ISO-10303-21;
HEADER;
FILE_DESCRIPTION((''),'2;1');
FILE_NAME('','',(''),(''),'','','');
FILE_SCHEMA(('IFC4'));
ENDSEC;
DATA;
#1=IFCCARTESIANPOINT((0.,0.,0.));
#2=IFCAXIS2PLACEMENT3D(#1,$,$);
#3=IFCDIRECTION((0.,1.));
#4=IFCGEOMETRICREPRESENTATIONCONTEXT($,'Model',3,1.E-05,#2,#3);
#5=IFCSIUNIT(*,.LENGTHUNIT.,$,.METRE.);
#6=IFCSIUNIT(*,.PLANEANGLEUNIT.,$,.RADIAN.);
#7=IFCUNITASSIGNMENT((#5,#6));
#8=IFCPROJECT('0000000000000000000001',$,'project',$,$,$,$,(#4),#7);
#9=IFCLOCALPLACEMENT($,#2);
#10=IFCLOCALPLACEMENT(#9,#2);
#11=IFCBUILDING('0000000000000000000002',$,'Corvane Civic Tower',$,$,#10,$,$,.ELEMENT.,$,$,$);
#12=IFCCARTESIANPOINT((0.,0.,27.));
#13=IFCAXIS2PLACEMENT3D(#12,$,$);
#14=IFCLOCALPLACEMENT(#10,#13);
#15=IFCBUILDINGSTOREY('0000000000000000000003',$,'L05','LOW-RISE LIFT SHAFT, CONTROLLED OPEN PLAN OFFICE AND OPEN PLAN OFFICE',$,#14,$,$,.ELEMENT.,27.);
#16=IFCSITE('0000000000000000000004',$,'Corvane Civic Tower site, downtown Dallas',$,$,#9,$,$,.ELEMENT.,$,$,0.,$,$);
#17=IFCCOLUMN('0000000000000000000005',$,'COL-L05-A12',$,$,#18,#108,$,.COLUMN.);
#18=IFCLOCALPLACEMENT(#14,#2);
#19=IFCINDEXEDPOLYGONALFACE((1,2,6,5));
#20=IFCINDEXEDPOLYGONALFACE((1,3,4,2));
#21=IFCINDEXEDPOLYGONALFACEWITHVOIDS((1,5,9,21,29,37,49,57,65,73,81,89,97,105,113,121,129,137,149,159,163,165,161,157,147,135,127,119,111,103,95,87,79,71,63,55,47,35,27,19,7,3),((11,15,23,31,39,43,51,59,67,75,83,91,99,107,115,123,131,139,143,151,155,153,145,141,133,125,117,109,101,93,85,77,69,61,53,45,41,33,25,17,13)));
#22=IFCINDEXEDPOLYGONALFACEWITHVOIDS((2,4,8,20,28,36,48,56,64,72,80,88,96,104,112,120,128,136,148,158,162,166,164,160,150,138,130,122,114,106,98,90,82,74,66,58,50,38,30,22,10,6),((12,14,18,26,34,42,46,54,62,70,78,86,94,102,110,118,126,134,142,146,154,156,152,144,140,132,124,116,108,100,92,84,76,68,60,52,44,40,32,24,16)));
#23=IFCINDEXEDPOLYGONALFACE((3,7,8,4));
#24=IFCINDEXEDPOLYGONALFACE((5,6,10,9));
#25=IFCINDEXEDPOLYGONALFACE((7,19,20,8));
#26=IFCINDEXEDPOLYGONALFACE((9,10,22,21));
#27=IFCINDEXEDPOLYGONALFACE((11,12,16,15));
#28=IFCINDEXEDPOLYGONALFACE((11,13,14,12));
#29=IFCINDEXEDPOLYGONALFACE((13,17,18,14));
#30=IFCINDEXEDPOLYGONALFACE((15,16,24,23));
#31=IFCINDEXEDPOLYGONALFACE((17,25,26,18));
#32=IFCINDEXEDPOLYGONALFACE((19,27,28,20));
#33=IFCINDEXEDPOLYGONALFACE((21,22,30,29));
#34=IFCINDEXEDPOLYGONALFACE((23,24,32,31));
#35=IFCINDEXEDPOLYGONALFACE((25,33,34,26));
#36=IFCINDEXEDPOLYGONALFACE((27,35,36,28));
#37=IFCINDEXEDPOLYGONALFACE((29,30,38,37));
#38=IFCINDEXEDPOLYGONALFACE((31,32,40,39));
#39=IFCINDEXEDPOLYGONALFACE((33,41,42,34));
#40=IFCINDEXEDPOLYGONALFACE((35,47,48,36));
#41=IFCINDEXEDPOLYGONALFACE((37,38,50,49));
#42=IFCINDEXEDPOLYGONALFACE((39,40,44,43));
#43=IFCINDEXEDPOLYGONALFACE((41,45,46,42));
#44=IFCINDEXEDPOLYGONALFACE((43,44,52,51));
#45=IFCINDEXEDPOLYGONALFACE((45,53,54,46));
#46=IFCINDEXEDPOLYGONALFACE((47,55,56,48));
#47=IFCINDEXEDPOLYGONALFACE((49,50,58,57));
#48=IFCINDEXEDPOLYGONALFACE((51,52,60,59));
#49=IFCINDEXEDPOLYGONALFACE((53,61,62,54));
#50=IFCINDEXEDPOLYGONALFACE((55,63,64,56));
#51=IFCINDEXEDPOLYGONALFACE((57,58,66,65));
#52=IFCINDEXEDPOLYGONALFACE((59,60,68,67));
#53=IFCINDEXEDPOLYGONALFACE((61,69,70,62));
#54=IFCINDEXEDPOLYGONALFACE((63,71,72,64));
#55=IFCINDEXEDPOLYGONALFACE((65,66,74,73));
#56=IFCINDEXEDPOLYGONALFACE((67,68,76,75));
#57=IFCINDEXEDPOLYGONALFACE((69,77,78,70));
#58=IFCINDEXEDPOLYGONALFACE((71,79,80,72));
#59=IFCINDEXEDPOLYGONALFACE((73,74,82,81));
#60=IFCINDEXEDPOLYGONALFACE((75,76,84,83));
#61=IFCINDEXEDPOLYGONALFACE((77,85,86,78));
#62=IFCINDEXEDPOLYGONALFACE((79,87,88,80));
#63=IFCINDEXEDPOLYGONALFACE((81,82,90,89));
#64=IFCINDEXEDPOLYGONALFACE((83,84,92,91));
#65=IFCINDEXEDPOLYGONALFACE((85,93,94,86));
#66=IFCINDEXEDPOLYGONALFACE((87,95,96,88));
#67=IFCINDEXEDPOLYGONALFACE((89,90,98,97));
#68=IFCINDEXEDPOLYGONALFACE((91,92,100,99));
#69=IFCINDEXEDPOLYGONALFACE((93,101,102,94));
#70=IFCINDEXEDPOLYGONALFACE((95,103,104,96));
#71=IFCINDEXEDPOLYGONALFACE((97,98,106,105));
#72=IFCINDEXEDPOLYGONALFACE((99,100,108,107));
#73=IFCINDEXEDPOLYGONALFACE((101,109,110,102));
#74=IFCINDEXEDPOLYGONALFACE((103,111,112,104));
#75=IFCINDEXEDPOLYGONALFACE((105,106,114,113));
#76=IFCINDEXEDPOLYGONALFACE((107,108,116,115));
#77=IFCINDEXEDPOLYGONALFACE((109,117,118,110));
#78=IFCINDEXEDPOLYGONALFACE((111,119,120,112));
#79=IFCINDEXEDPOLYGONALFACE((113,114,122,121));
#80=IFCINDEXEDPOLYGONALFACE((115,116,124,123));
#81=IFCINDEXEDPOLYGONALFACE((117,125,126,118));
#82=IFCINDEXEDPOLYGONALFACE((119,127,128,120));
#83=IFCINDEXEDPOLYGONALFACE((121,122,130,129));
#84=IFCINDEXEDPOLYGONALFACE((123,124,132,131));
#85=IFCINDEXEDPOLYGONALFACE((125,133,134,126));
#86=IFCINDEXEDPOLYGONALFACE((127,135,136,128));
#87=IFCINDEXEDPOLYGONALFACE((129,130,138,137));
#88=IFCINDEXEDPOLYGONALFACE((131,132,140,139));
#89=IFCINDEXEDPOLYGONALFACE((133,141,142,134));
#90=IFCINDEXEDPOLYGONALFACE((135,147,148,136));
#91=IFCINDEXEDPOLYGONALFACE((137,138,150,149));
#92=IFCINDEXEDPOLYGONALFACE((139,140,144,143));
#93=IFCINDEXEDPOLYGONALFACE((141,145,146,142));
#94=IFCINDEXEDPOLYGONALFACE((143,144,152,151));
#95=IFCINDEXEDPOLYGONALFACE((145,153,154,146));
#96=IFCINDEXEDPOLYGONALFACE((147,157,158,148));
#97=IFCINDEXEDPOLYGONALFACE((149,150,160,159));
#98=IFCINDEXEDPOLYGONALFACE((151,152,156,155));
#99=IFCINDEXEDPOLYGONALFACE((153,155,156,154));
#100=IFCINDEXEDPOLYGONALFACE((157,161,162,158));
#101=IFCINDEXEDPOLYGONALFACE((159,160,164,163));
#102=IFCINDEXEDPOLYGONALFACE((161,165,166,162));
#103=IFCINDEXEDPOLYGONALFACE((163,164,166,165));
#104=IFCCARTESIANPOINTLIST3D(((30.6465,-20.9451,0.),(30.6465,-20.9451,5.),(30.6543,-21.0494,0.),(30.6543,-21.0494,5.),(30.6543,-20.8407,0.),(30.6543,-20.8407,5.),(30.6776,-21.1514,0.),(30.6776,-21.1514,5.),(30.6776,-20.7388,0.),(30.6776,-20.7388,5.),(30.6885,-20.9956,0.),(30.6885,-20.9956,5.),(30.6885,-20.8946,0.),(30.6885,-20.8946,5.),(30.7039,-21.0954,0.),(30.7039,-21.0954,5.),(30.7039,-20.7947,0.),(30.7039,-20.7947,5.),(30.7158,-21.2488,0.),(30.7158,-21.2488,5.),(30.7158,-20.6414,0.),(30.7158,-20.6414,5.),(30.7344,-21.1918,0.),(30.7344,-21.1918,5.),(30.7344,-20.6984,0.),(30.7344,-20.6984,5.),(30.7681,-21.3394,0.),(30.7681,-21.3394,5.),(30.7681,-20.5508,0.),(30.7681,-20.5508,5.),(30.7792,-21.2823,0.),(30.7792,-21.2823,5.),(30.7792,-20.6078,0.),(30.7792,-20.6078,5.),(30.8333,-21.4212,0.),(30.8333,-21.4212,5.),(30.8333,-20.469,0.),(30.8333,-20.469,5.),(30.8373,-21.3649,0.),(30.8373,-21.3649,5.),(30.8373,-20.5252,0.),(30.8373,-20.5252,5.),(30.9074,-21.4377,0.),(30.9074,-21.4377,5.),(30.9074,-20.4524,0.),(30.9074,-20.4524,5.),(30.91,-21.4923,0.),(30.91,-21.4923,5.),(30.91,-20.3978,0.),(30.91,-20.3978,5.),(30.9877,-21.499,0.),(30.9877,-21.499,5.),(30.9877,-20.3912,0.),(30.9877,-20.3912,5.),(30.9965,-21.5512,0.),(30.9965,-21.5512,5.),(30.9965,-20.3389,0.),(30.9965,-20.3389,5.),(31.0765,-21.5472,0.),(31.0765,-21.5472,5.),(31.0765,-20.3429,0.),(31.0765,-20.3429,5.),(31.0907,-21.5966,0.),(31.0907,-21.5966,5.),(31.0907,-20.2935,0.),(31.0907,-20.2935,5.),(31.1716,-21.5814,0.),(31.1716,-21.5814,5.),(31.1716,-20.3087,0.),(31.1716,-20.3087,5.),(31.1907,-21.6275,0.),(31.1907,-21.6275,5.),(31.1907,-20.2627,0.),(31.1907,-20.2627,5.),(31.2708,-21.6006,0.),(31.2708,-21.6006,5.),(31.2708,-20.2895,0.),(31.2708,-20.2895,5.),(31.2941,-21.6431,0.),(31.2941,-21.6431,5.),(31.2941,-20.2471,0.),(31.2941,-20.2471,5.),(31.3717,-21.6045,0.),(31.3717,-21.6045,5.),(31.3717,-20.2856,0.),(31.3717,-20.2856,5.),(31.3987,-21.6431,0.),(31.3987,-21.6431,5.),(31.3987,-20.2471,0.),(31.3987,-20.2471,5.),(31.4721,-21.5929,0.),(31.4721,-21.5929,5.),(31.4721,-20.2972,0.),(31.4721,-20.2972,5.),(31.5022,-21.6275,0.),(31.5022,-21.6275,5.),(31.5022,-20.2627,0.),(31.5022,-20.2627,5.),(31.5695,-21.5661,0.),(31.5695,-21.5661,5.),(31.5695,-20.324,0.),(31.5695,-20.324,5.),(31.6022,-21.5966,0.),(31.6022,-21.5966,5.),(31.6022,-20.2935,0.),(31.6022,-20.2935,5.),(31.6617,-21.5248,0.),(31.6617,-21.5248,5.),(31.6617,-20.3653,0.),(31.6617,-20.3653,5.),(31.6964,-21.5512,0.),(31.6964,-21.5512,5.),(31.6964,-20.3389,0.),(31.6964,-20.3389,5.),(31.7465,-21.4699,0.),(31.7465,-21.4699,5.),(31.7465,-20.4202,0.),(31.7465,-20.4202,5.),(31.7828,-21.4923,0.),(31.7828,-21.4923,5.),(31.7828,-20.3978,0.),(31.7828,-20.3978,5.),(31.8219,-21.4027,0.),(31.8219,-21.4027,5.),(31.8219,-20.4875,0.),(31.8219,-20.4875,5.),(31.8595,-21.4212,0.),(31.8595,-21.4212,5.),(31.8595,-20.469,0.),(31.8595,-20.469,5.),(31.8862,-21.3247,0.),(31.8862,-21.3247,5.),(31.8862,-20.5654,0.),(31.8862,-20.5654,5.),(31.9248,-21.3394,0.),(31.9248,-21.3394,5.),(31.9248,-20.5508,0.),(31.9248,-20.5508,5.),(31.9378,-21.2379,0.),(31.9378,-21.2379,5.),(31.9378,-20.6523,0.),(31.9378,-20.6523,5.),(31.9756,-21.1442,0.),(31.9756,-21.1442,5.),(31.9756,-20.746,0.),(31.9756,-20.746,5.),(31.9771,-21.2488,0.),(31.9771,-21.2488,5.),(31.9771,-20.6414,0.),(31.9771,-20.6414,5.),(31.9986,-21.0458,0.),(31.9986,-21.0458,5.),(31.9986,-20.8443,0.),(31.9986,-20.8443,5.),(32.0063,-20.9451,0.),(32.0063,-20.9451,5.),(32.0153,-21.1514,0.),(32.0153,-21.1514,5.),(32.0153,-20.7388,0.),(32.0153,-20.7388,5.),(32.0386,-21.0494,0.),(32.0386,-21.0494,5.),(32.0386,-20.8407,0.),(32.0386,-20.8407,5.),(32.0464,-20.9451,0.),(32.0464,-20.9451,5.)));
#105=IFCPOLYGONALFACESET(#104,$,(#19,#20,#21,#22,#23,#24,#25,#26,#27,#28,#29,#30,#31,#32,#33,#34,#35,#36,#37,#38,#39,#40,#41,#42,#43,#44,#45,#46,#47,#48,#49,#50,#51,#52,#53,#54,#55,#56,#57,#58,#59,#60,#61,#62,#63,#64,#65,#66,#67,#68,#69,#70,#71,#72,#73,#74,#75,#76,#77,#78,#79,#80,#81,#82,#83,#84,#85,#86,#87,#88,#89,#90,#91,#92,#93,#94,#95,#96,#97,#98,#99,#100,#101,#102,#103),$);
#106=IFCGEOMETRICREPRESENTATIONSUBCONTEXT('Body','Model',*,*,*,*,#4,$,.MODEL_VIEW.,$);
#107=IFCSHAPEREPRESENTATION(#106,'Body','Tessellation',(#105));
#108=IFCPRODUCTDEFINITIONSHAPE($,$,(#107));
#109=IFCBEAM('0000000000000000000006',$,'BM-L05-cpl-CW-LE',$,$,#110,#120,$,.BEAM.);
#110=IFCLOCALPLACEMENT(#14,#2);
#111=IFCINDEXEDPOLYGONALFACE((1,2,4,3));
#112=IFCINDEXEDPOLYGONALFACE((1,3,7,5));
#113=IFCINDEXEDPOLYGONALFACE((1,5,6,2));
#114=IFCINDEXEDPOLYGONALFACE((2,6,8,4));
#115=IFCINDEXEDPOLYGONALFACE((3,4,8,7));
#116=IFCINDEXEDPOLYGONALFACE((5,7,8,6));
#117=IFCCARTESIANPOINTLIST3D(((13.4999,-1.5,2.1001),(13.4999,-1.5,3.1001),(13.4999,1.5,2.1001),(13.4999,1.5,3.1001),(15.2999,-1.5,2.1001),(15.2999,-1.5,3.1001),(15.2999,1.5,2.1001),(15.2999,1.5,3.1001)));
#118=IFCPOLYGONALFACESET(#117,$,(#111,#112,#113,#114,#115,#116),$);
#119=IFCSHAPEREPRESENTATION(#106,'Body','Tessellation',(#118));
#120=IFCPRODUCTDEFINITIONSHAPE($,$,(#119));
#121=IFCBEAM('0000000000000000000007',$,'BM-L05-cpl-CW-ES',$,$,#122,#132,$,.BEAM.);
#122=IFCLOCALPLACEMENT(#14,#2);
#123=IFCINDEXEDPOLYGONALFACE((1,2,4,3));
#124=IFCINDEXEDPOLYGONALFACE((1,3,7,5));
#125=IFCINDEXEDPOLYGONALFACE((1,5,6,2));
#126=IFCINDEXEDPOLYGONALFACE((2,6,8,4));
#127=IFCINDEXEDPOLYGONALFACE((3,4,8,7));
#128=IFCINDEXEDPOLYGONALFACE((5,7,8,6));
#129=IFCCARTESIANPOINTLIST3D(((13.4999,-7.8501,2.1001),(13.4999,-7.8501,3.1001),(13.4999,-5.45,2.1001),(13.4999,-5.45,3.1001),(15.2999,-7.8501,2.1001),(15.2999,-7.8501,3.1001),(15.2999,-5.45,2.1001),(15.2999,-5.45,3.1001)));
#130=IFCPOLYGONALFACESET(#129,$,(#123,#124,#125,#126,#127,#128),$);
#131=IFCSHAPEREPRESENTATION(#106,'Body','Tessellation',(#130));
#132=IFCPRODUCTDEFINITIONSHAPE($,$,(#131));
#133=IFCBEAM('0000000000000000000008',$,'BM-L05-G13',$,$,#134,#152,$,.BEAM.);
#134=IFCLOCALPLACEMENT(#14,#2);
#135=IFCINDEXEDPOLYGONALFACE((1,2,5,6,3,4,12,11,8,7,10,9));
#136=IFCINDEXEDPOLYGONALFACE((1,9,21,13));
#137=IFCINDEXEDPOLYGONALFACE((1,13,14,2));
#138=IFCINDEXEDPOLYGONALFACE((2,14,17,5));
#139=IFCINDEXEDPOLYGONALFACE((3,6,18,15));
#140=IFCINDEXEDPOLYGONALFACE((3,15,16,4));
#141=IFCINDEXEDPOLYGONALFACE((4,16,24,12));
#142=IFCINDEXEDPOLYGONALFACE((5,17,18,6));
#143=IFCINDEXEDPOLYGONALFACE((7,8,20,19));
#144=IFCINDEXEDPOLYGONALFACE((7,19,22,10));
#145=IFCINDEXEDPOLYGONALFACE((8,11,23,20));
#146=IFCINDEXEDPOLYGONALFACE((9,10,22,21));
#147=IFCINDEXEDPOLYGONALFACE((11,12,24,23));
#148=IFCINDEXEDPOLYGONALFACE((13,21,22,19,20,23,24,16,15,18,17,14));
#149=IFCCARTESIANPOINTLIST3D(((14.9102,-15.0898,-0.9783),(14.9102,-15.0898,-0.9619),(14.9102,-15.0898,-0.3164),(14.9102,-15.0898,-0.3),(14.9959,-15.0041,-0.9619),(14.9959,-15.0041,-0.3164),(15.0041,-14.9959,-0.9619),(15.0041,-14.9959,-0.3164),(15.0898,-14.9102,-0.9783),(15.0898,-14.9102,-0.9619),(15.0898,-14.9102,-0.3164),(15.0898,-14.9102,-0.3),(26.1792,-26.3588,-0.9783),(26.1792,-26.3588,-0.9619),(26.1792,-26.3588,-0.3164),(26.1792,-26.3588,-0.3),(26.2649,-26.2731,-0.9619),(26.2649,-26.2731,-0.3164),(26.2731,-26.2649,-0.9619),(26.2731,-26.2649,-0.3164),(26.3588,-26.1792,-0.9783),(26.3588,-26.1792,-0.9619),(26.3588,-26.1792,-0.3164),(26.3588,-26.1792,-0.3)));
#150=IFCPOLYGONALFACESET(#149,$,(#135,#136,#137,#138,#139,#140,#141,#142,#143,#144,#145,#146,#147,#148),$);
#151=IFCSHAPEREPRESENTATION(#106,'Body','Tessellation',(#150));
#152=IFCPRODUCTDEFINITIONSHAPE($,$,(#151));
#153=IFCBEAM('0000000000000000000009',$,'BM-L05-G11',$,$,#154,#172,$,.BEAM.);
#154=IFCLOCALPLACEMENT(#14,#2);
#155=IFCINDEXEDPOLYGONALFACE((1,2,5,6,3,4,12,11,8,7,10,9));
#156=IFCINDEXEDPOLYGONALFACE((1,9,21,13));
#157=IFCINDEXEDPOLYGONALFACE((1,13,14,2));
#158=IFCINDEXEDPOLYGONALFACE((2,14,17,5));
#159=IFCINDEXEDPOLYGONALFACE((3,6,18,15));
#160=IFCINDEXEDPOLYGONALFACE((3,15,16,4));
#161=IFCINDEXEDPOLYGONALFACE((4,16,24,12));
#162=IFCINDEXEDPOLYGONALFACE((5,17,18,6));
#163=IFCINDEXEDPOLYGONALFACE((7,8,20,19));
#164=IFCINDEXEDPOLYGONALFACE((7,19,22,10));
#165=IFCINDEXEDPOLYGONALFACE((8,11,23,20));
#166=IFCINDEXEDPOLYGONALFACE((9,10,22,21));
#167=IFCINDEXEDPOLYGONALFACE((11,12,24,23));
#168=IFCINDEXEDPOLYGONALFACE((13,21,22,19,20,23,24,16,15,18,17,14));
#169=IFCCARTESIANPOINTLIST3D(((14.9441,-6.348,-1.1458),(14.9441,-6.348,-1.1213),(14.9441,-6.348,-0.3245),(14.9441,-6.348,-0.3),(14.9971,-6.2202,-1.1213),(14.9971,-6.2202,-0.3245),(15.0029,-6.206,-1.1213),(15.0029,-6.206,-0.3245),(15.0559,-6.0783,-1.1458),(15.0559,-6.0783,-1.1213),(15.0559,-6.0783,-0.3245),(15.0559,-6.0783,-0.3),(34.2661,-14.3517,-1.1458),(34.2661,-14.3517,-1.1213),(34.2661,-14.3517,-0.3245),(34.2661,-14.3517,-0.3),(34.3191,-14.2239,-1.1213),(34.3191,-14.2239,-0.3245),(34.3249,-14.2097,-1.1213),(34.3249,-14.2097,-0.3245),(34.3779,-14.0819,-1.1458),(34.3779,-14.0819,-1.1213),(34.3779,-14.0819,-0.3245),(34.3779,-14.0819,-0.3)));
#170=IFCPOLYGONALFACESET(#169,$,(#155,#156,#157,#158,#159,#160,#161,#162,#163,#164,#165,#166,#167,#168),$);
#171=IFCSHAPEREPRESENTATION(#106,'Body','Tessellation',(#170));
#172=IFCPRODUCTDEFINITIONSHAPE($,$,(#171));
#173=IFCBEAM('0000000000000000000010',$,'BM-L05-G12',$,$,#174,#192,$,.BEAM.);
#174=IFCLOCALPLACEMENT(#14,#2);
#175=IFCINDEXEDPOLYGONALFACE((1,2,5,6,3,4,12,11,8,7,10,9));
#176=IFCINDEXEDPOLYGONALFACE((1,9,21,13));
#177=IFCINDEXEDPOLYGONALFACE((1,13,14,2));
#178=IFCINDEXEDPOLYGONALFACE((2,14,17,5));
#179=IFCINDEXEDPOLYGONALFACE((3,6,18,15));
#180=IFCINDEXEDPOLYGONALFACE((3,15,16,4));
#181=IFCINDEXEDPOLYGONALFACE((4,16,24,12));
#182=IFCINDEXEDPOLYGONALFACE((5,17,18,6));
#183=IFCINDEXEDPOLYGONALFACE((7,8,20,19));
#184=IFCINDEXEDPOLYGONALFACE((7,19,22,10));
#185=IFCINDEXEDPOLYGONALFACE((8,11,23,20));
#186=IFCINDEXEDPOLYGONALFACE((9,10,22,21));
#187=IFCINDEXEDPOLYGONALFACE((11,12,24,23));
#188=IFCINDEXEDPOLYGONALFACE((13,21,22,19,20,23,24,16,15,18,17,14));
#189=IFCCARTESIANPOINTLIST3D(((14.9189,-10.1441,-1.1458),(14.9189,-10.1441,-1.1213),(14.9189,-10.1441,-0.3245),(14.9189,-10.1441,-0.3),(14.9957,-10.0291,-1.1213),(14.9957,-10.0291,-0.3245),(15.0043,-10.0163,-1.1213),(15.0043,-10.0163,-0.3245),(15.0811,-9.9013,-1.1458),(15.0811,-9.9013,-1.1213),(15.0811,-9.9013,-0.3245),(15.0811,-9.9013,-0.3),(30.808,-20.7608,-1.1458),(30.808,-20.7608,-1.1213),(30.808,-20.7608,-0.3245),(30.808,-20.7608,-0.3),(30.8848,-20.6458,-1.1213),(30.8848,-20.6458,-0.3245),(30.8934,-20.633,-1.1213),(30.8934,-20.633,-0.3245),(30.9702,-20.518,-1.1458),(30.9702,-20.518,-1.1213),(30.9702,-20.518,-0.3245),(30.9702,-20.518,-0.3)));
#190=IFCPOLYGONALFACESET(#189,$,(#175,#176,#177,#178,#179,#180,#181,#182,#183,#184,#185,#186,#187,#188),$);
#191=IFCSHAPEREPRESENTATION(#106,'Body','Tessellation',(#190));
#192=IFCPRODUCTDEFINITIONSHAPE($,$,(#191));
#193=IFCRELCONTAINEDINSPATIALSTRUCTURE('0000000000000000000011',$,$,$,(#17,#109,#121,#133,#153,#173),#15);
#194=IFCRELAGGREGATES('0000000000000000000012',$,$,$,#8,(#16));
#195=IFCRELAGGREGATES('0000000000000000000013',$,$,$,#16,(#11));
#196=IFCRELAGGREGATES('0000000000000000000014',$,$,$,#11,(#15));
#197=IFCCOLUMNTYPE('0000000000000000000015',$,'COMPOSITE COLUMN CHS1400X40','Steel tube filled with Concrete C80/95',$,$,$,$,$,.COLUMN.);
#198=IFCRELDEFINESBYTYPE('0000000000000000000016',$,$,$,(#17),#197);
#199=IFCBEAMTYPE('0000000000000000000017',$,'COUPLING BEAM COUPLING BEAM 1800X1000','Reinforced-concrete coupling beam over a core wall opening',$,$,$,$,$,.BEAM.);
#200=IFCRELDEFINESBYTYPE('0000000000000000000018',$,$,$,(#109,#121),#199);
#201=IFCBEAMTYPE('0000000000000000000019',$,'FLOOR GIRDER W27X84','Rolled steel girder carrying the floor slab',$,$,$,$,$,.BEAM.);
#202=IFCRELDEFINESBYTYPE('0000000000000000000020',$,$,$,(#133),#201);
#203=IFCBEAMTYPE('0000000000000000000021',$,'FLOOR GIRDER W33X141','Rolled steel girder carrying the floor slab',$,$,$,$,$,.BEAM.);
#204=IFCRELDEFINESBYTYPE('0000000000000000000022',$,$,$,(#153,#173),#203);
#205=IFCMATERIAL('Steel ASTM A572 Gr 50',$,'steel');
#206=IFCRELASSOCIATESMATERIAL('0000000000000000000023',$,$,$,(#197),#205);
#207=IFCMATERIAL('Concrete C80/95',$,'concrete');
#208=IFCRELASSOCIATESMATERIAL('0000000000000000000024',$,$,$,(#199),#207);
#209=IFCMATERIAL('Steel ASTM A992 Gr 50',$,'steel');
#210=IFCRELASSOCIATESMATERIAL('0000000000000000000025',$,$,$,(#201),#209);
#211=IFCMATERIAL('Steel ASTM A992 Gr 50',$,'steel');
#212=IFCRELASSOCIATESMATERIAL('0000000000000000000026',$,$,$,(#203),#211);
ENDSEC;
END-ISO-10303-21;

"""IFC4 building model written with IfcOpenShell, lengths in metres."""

from ifc_helpers import new_model, si_unit, direction, frame, origin, origin_2d, place, context, subcontext, project, spatial, rectangle, hollow_circle, i_section, extrude, material, material_profile, profile_set, type_object, element, save


model = new_model("IFC4")

# Units and contexts
model_context = context("Model", 3, precision=1e-05, world=origin(), true_north=direction((0.0, 1.0)))
body_context = subcontext(model_context, "Body", "Model", "MODEL_VIEW")
ifc_project = project(units=[si_unit("LENGTHUNIT", "METRE"), si_unit("PLANEANGLEUNIT", "RADIAN")], contexts=[model_context])

# Site, building, storey
site_placement = place(None, origin())
site = spatial("IfcSite", under=ifc_project, at=site_placement, Name="Corvane Civic Tower site, downtown Dallas", CompositionType="ELEMENT", RefElevation=0.0)
building_placement = place(site_placement, origin())
building = spatial("IfcBuilding", under=site, at=building_placement, Name="Corvane Civic Tower", CompositionType="ELEMENT")
storey_placement = place(building_placement, frame((0.0, 0.0, 27.0)))
storey = spatial("IfcBuildingStorey", under=building, at=storey_placement, Name="L05", Description="LOW-RISE LIFT SHAFT, CONTROLLED OPEN PLAN OFFICE AND OPEN PLAN OFFICE", CompositionType="ELEMENT", Elevation=27.0)

# Column
ifc_material_1 = material(Name="Steel ASTM A572 Gr 50", Category="steel")
ifc_material_profile_1 = material_profile(ifc_material_1, hollow_circle(Radius=0.7, WallThickness=0.04, at=origin_2d()), Name="CHS1400X40")
ifc_profile_set_1 = profile_set([ifc_material_profile_1], Name="Steel ASTM A572 Gr 50")
column_type = type_object("IfcColumnType", Name="COMPOSITE COLUMN CHS1400X40", Description="Steel tube filled with Concrete C80/95", PredefinedType="COLUMN", material=ifc_profile_set_1)
column_placement = place(storey_placement, frame((31.3464, -20.9451, 0.0), z_axis=(0.0, 0.0, 1.0), x_axis=(1.0, 0.0, 0.0)))
element("IfcColumn", 1, at=column_placement, inside=storey, type_object=column_type, Name="COL-L05-A12", PredefinedType="COLUMN", context=body_context, shape_type="SweptSolid", body=[
    extrude(hollow_circle(Radius=0.7, WallThickness=0.04, at=origin_2d()), origin(), (0.0, 0.0, 1.0), 5.0),
])

# Beams
ifc_material_2 = material(Name="Concrete C80/95", Category="concrete")
ifc_material_profile_2 = material_profile(ifc_material_2, rectangle(XDim=1.8, YDim=1.0, at=origin_2d()), Name="COUPLING BEAM 1800X1000")
ifc_profile_set_2 = profile_set([ifc_material_profile_2], Name="Concrete C80/95")
beam_type_1 = type_object("IfcBeamType", Name="COUPLING BEAM COUPLING BEAM 1800X1000", Description="Reinforced-concrete coupling beam over a core wall opening", PredefinedType="BEAM", material=ifc_profile_set_2)
beam_1_placement = place(storey_placement, frame((14.3999, -1.5, 2.6001), z_axis=(0.0, 1.0, 0.0), x_axis=(-1.0, 0.0, 0.0)))
element("IfcBeam", 2, at=beam_1_placement, inside=storey, type_object=beam_type_1, Name="BM-L05-cpl-CW-LE", PredefinedType="BEAM", context=body_context, shape_type="SweptSolid", body=[
    extrude(rectangle(XDim=1.8, YDim=1.0, at=origin_2d()), origin(), (0.0, 0.0, 1.0), 3.0),
])
beam_2_placement = place(storey_placement, frame((14.3999, -7.8501, 2.6001), z_axis=(0.0, 1.0, 0.0), x_axis=(-1.0, 0.0, 0.0)))
element("IfcBeam", 3, at=beam_2_placement, inside=storey, type_object=beam_type_1, Name="BM-L05-cpl-CW-ES", PredefinedType="BEAM", context=body_context, shape_type="SweptSolid", body=[
    extrude(rectangle(XDim=1.8, YDim=1.0, at=origin_2d()), origin(), (0.0, 0.0, 1.0), 2.4001),
])
ifc_material_3 = material(Name="Steel ASTM A992 Gr 50", Category="steel")
ifc_material_profile_3 = material_profile(ifc_material_3, i_section(OverallWidth=0.2539, OverallDepth=0.6782, WebThickness=0.0117, FlangeThickness=0.0164, at=origin_2d()), Name="W27X84")
ifc_profile_set_3 = profile_set([ifc_material_profile_3], Name="Steel ASTM A992 Gr 50")
beam_type_2 = type_object("IfcBeamType", Name="FLOOR GIRDER W27X84", Description="Rolled steel girder carrying the floor slab", PredefinedType="BEAM", material=ifc_profile_set_3)
beam_3_placement = place(storey_placement, frame((15.0, -15.0, -0.6392), z_axis=(0.707107, -0.707107, 0.0), x_axis=(0.707107, 0.707107, 0.0)))
element("IfcBeam", 4, at=beam_3_placement, inside=storey, type_object=beam_type_2, Name="BM-L05-G13", PredefinedType="BEAM", context=body_context, shape_type="SweptSolid", body=[
    extrude(i_section(OverallWidth=0.2539, OverallDepth=0.6782, WebThickness=0.0117, FlangeThickness=0.0164, at=origin_2d()), origin(), (0.0, 0.0, 1.0), 15.9368),
])
ifc_material_4 = material(Name="Steel ASTM A992 Gr 50", Category="steel")
ifc_material_profile_4 = material_profile(ifc_material_4, i_section(OverallWidth=0.292, OverallDepth=0.8457, WebThickness=0.0154, FlangeThickness=0.0244, at=origin_2d()), Name="W33X141")
ifc_profile_set_4 = profile_set([ifc_material_profile_4], Name="Steel ASTM A992 Gr 50")
beam_type_3 = type_object("IfcBeamType", Name="FLOOR GIRDER W33X141", Description="Rolled steel girder carrying the floor slab", PredefinedType="BEAM", material=ifc_profile_set_4)
beam_4_placement = place(storey_placement, frame((15.0, -6.2131, -0.7229), z_axis=(0.923876, -0.382692, 0.0), x_axis=(0.382692, 0.923876, 0.0)))
element("IfcBeam", 5, at=beam_4_placement, inside=storey, type_object=beam_type_3, Name="BM-L05-G11", PredefinedType="BEAM", context=body_context, shape_type="SweptSolid", body=[
    extrude(i_section(OverallWidth=0.292, OverallDepth=0.8457, WebThickness=0.0154, FlangeThickness=0.0244, at=origin_2d()), origin(), (0.0, 0.0, 1.0), 20.9141),
])
for number, where, z_axis, x_axis, name in (
    (6, (15.0, -10.0227, -0.7229), (0.831472, -0.555567, 0.0), (0.555567, 0.831472, 0.0), "BM-L05-G12"),
):
    element("IfcBeam", number, at=place(storey_placement, frame(where, z_axis=z_axis, x_axis=x_axis)), inside=storey, type_object=beam_type_3, Name=name, PredefinedType="BEAM", context=body_context, shape_type="SweptSolid", body=[
        extrude(i_section(OverallWidth=0.292, OverallDepth=0.8457, WebThickness=0.0154, FlangeThickness=0.0244, at=origin_2d()), origin(), (0.0, 0.0, 1.0), 19.1096),
    ])

save(model, "model.ifc")
